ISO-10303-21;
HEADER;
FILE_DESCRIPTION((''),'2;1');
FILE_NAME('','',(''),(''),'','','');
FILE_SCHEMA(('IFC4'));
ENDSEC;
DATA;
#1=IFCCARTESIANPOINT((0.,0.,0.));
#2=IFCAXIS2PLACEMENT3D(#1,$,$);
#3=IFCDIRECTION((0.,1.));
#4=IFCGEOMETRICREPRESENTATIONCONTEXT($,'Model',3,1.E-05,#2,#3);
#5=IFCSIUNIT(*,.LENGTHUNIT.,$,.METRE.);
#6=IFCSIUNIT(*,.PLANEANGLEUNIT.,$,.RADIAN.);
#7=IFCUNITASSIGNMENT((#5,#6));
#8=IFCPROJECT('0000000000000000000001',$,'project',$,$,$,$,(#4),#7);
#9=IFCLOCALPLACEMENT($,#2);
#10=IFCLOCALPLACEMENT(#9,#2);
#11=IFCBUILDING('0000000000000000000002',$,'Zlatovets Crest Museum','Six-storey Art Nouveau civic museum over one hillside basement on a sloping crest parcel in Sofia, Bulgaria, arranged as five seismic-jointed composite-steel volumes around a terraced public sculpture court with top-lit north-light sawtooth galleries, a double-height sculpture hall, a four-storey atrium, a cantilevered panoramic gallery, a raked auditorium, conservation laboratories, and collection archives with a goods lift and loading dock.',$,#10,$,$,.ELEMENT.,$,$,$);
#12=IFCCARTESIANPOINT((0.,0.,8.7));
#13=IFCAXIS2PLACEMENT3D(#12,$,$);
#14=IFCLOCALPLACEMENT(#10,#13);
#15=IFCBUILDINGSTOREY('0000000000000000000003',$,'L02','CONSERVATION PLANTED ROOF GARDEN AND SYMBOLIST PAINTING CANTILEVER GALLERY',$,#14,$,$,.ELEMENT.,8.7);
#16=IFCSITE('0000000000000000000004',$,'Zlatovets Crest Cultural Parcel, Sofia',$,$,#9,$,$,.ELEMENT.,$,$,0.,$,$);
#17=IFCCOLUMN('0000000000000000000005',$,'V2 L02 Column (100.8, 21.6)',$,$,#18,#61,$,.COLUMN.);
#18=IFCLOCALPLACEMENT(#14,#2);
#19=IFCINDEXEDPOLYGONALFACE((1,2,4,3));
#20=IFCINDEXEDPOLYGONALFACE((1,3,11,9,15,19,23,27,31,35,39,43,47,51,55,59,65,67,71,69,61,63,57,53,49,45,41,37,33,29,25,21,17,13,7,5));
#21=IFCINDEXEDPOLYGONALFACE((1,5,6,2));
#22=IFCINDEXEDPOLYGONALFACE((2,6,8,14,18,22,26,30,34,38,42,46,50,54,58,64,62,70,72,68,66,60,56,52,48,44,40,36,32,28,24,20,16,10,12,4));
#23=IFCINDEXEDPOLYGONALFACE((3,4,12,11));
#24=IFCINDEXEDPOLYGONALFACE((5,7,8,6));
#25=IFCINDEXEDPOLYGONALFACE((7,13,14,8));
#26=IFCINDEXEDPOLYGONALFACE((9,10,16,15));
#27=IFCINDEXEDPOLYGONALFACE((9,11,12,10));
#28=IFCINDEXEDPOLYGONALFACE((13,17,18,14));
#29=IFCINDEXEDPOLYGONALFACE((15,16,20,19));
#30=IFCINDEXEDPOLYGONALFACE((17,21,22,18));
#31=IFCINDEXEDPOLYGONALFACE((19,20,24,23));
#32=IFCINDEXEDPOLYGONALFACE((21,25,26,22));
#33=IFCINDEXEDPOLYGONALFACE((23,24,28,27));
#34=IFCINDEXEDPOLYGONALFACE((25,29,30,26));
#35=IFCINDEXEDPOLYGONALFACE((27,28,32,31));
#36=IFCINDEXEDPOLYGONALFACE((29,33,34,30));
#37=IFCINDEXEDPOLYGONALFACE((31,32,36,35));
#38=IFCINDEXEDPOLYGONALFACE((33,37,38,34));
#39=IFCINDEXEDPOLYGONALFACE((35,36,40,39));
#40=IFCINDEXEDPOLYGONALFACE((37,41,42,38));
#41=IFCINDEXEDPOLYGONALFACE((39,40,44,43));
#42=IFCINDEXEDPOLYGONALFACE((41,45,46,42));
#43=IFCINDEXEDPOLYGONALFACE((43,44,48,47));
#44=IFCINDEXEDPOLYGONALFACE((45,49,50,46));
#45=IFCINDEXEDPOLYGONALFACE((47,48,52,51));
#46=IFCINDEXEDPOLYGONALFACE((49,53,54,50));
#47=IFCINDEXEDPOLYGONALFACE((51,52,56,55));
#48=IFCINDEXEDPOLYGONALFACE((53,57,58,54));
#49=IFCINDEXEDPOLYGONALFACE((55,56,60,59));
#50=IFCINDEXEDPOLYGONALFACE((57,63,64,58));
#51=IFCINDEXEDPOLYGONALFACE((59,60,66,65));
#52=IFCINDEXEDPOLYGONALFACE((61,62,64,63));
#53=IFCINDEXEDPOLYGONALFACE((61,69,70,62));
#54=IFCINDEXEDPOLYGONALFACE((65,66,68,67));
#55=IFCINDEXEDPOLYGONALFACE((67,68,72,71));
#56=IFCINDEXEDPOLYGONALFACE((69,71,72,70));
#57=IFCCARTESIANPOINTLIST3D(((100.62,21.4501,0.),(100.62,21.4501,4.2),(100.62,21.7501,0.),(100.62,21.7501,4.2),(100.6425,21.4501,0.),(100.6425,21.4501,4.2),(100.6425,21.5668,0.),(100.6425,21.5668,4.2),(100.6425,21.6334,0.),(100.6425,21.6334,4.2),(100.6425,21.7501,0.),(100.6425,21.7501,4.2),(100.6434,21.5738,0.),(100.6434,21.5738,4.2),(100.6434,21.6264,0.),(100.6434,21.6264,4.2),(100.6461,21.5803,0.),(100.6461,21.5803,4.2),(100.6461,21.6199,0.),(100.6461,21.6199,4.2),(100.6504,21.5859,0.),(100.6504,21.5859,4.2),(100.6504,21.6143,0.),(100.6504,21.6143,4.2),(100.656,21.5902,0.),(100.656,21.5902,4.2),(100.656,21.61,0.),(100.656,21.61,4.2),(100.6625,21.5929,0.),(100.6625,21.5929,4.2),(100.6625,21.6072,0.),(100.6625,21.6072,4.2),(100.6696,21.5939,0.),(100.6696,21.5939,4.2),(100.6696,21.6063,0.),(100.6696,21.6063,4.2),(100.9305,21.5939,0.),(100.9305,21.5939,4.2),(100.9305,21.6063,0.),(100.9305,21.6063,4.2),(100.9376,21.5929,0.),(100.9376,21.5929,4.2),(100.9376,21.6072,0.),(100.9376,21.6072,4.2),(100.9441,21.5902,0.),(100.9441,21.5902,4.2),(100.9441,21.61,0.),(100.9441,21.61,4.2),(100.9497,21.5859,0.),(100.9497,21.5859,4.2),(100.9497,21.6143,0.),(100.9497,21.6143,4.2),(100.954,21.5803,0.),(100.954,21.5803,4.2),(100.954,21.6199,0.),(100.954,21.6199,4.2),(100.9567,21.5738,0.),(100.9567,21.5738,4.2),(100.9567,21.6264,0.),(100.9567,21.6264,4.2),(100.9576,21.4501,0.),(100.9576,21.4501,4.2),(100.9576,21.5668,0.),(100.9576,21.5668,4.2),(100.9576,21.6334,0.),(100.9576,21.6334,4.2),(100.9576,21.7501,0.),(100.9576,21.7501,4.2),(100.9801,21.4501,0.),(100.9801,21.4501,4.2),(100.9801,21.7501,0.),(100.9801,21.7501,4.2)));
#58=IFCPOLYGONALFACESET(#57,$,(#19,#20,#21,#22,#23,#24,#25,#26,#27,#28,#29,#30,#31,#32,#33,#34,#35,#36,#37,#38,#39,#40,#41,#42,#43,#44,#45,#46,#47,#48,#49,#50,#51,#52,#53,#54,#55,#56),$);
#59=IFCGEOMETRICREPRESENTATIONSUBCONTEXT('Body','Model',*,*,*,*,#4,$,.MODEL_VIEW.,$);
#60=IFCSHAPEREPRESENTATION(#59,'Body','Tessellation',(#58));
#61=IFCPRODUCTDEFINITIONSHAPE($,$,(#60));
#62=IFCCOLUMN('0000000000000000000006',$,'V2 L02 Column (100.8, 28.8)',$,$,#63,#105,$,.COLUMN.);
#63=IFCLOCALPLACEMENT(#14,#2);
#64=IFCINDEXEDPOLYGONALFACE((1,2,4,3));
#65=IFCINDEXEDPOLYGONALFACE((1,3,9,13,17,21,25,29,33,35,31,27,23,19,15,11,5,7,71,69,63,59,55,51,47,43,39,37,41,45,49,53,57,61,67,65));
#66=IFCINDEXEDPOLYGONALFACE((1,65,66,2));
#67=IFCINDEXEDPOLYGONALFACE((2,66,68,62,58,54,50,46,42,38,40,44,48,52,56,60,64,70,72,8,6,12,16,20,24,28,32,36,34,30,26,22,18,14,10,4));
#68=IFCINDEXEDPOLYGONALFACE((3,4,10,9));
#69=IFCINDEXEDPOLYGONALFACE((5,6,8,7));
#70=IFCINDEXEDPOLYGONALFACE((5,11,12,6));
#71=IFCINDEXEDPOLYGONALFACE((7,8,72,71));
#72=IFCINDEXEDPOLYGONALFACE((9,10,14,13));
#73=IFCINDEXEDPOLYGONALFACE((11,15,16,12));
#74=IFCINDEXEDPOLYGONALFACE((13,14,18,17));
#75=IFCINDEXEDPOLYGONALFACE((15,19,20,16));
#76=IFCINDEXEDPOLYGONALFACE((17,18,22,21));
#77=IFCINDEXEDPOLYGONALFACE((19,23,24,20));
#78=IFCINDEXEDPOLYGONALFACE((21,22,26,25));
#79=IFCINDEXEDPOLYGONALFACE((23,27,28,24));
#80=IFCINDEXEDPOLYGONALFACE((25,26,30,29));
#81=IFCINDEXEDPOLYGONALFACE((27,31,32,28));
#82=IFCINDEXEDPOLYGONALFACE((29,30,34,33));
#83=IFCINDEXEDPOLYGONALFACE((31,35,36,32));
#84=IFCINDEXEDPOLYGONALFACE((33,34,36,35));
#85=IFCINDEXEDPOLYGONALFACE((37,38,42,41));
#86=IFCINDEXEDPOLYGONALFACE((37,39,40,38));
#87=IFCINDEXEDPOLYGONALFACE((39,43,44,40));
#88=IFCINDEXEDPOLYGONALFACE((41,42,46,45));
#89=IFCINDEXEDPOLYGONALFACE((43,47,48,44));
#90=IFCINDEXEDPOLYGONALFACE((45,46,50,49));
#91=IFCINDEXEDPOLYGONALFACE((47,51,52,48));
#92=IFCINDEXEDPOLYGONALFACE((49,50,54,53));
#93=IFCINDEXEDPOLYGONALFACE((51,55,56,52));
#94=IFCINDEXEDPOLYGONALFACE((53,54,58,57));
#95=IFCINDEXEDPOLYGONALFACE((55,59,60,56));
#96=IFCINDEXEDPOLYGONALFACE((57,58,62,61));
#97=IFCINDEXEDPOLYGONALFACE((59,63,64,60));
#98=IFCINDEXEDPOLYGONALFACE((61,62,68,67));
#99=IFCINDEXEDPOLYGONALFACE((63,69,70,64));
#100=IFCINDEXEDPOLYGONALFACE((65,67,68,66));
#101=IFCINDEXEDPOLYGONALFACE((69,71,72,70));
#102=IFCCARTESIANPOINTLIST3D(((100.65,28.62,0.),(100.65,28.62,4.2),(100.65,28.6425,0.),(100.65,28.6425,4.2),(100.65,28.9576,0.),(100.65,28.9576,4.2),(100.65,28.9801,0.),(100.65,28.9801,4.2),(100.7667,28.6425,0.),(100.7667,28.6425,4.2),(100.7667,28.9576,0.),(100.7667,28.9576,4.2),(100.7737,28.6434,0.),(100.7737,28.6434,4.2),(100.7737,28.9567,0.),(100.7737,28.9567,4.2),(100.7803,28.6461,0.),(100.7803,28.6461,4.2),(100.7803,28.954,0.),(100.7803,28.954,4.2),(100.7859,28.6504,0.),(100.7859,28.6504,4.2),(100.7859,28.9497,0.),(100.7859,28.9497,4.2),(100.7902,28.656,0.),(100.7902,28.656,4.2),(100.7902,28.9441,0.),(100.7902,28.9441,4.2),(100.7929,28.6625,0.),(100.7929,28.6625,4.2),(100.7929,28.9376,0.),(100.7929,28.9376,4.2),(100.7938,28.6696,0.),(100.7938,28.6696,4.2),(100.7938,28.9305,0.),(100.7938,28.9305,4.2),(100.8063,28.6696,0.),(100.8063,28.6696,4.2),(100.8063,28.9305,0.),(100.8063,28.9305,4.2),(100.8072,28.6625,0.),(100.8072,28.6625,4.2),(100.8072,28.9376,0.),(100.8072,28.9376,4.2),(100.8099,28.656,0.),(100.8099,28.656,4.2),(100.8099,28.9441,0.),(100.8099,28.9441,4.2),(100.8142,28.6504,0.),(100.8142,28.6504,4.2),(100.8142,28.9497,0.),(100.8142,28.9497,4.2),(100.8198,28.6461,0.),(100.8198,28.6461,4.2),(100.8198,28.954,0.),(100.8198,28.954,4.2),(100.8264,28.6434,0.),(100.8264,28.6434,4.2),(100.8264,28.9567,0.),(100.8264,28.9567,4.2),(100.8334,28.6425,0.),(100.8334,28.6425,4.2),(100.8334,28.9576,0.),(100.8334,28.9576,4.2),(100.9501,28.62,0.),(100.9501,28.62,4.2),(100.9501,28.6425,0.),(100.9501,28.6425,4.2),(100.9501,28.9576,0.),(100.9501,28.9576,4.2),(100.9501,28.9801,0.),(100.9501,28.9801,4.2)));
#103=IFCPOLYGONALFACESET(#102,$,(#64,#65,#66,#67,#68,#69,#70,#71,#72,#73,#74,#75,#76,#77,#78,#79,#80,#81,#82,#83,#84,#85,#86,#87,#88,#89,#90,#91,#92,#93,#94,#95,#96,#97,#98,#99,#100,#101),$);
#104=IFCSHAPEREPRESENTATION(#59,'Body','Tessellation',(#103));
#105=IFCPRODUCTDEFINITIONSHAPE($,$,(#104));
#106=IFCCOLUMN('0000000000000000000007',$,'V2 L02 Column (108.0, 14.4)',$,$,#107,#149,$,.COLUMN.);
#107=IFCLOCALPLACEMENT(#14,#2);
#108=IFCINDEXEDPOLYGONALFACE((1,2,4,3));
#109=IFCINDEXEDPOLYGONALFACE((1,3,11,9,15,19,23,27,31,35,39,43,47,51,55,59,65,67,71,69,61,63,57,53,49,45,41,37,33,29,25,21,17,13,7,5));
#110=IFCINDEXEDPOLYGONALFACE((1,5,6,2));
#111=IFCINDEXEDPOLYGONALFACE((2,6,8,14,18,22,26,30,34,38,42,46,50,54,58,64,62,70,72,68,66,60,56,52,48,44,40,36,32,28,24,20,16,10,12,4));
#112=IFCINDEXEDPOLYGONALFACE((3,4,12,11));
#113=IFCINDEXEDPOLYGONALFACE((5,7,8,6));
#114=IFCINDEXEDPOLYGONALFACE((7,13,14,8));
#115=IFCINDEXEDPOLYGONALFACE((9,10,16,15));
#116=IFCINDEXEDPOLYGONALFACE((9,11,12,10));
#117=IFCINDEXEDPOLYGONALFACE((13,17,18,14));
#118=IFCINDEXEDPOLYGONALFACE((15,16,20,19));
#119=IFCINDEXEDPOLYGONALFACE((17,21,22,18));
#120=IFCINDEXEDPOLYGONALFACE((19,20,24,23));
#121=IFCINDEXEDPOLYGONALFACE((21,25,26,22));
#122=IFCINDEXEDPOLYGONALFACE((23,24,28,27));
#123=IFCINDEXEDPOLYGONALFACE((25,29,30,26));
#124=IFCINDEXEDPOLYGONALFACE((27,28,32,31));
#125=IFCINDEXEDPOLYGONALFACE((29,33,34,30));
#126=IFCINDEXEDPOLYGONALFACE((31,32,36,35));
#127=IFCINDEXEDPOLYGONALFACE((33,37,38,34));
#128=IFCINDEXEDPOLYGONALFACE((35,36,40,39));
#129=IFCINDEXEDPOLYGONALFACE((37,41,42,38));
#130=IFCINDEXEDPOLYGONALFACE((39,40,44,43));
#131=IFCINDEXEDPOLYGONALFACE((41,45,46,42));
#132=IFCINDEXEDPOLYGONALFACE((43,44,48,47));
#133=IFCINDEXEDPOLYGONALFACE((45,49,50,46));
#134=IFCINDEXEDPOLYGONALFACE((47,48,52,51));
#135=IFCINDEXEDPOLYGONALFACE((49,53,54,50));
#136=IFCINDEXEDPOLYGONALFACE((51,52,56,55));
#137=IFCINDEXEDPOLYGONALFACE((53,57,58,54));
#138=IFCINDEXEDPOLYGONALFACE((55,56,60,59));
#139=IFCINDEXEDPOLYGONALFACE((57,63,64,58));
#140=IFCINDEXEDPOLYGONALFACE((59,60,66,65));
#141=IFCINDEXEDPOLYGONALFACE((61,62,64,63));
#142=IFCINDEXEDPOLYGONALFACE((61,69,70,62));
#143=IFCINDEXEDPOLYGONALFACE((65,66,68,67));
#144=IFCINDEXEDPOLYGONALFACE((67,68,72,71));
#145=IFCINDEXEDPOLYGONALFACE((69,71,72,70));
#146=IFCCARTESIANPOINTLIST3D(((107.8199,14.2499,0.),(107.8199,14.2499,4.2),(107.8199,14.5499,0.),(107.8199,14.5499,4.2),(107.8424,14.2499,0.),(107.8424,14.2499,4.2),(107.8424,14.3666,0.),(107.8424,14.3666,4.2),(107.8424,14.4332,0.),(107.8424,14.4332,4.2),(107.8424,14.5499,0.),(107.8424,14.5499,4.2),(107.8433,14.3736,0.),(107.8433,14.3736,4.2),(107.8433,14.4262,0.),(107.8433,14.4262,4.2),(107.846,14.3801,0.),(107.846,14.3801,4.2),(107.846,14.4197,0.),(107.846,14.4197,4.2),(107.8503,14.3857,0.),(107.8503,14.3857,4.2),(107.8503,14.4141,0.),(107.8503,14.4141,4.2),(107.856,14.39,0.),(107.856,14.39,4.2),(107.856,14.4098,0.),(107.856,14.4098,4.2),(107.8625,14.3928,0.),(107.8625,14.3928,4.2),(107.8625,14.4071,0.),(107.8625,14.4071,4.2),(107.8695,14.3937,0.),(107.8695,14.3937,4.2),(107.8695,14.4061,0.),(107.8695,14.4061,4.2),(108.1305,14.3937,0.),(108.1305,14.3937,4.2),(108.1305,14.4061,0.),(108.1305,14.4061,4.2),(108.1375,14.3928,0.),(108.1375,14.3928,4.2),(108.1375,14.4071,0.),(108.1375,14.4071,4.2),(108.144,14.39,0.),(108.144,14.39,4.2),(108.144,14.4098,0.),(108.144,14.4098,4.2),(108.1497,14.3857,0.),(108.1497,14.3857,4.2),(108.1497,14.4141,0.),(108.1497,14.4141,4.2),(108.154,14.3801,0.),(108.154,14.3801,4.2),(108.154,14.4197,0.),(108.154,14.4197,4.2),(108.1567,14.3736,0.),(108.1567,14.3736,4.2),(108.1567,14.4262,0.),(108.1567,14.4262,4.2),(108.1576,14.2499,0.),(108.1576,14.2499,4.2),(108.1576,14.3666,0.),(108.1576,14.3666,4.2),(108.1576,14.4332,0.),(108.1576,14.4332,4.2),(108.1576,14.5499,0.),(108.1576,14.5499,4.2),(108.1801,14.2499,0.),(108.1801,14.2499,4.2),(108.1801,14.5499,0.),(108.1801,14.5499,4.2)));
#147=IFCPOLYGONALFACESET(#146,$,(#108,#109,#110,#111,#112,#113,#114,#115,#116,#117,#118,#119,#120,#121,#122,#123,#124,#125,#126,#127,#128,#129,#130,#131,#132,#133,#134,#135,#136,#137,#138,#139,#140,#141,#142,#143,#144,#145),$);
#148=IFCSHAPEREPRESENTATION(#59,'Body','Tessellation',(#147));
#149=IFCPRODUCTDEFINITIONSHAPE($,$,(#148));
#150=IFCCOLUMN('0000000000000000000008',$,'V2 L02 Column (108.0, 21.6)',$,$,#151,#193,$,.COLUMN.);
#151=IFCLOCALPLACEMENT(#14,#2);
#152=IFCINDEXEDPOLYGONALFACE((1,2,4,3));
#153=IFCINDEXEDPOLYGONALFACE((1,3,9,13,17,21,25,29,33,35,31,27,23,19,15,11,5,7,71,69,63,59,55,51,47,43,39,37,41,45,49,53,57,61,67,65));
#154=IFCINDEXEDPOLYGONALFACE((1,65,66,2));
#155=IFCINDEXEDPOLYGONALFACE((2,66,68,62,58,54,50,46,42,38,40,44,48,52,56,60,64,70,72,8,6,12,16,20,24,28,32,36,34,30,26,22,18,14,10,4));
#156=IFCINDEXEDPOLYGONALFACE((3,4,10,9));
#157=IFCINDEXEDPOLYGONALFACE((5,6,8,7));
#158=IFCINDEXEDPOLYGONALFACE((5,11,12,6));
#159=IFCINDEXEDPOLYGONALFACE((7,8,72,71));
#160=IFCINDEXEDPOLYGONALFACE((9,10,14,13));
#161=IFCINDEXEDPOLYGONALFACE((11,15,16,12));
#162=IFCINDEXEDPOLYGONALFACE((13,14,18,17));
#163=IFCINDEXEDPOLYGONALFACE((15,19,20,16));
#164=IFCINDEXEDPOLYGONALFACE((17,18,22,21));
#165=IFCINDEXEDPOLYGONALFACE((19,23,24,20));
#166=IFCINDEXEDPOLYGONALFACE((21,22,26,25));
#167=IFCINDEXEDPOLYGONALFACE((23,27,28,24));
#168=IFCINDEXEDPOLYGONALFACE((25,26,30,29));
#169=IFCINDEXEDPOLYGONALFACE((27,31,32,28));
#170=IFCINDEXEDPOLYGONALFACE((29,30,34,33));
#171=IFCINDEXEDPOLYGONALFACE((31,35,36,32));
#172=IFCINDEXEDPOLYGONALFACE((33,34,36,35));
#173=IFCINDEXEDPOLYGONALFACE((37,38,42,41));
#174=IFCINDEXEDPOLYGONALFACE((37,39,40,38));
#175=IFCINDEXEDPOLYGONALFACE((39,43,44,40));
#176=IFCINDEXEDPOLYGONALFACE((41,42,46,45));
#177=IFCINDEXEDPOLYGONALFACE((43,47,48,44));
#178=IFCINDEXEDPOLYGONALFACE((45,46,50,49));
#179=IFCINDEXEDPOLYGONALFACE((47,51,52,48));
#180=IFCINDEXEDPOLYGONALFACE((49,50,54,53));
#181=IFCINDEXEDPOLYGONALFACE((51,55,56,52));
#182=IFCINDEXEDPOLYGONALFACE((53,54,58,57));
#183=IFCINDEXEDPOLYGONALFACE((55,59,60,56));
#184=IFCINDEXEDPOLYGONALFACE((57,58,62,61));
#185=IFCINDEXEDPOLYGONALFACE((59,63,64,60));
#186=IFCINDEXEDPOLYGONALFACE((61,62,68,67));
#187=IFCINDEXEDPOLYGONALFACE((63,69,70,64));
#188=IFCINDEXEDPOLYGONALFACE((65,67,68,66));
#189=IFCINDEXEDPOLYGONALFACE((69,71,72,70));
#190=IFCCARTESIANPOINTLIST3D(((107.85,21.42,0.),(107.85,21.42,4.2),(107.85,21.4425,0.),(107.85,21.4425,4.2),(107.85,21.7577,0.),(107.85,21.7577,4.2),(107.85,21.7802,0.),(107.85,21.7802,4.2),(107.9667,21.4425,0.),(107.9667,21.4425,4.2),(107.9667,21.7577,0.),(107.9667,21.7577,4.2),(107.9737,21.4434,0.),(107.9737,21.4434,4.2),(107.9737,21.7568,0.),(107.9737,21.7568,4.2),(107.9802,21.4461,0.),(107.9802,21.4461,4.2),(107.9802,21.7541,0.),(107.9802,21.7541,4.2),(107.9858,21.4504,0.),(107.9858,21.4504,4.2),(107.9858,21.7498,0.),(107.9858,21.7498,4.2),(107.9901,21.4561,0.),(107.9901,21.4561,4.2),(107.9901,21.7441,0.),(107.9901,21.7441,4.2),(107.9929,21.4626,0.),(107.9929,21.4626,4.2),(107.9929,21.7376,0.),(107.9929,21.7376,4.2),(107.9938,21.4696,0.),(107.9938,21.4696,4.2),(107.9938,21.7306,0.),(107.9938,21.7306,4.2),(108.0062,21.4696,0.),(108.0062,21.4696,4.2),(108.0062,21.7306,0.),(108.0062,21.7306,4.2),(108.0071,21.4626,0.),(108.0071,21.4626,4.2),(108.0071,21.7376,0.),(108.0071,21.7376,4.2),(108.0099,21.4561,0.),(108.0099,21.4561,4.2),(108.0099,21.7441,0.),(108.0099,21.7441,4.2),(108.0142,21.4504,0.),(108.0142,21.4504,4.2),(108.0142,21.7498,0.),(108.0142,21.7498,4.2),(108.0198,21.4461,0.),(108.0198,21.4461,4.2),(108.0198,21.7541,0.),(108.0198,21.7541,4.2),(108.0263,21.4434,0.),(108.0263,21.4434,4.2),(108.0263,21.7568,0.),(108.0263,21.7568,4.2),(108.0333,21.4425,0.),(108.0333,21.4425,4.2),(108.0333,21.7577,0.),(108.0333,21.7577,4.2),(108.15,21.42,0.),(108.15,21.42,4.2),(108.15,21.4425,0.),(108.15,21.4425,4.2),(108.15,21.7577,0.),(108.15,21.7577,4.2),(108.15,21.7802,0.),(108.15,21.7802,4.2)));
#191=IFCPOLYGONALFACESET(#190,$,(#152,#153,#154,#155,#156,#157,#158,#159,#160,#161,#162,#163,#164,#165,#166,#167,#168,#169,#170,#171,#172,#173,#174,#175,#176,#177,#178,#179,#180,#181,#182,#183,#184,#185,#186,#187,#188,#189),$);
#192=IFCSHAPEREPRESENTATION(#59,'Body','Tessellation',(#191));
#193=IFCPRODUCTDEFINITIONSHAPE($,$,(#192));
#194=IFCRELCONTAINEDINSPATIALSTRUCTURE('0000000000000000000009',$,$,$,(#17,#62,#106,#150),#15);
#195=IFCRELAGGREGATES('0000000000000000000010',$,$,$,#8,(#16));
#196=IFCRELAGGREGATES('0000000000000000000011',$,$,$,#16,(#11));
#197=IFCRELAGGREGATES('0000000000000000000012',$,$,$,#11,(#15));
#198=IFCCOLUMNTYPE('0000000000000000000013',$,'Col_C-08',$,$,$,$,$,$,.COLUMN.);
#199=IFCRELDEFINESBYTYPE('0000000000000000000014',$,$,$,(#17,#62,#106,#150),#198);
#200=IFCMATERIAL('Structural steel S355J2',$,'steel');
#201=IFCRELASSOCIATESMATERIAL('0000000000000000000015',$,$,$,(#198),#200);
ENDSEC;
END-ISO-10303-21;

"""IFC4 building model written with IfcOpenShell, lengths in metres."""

from ifc_helpers import new_model, si_unit, direction, frame, origin, origin_2d, place, context, subcontext, project, spatial, i_section, extrude, material, material_profile, profile_set, type_object, element, save


model = new_model("IFC4")

# Units and contexts
model_context = context("Model", 3, precision=1e-05, world=origin(), true_north=direction((0.0, 1.0)))
body_context = subcontext(model_context, "Body", "Model", "MODEL_VIEW")
ifc_project = project(units=[si_unit("LENGTHUNIT", "METRE"), si_unit("PLANEANGLEUNIT", "RADIAN")], contexts=[model_context])

# Site, building, storey
site_placement = place(None, origin())
site = spatial("IfcSite", under=ifc_project, at=site_placement, Name="Zlatovets Crest Cultural Parcel, Sofia", CompositionType="ELEMENT", RefElevation=0.0)
building_placement = place(site_placement, origin())
building = spatial("IfcBuilding", under=site, at=building_placement, Name="Zlatovets Crest Museum", Description="Six-storey Art Nouveau civic museum over one hillside basement on a sloping crest parcel in Sofia, Bulgaria, arranged as five seismic-jointed composite-steel volumes around a terraced public sculpture court with top-lit north-light sawtooth galleries, a double-height sculpture hall, a four-storey atrium, a cantilevered panoramic gallery, a raked auditorium, conservation laboratories, and collection archives with a goods lift and loading dock.", CompositionType="ELEMENT")
storey_placement = place(building_placement, frame((0.0, 0.0, 8.7)))
storey = spatial("IfcBuildingStorey", under=building, at=storey_placement, Name="L02", Description="CONSERVATION PLANTED ROOF GARDEN AND SYMBOLIST PAINTING CANTILEVER GALLERY", CompositionType="ELEMENT", Elevation=8.7)

# Columns
ifc_material_1 = material(Name="Structural steel S355J2", Category="steel")
ifc_material_profile_1 = material_profile(ifc_material_1, i_section(OverallWidth=0.3, OverallDepth=0.3601, WebThickness=0.0125, FlangeThickness=0.0225, FilletRadius=0.0271, at=origin_2d()), Name="HEB 360")
ifc_profile_set_1 = profile_set([ifc_material_profile_1], Name="Structural steel S355J2")
column_type = type_object("IfcColumnType", Name="Col_C-08", PredefinedType="COLUMN", material=ifc_profile_set_1)
for number, where, z_axis, x_axis, name in (
    (1, (100.8, 21.6001, 0.0), (0.0, 0.0, 1.0), (0.0, 1.0, 0.0), "V2 L02 Column (100.8, 21.6)"),
    (2, (100.8, 28.8, 0.0), (0.0, 0.0, 1.0), (1.0, 0.0, 0.0), "V2 L02 Column (100.8, 28.8)"),
    (3, (108.0, 14.3999, 0.0), (0.0, 0.0, 1.0), (0.0, 1.0, 0.0), "V2 L02 Column (108.0, 14.4)"),
    (4, (108.0, 21.6001, 0.0), (0.0, 0.0, 1.0), (1.0, 0.0, 0.0), "V2 L02 Column (108.0, 21.6)"),
):
    element("IfcColumn", number, at=place(storey_placement, frame(where, z_axis=z_axis, x_axis=x_axis)), inside=storey, type_object=column_type, Name=name, PredefinedType="COLUMN", context=body_context, shape_type="SweptSolid", body=[
        extrude(i_section(OverallWidth=0.3, OverallDepth=0.3601, WebThickness=0.0125, FlangeThickness=0.0225, FilletRadius=0.0271, at=origin_2d()), origin(), (0.0, 0.0, 1.0), 4.2),
    ])

save(model, "model.ifc")
